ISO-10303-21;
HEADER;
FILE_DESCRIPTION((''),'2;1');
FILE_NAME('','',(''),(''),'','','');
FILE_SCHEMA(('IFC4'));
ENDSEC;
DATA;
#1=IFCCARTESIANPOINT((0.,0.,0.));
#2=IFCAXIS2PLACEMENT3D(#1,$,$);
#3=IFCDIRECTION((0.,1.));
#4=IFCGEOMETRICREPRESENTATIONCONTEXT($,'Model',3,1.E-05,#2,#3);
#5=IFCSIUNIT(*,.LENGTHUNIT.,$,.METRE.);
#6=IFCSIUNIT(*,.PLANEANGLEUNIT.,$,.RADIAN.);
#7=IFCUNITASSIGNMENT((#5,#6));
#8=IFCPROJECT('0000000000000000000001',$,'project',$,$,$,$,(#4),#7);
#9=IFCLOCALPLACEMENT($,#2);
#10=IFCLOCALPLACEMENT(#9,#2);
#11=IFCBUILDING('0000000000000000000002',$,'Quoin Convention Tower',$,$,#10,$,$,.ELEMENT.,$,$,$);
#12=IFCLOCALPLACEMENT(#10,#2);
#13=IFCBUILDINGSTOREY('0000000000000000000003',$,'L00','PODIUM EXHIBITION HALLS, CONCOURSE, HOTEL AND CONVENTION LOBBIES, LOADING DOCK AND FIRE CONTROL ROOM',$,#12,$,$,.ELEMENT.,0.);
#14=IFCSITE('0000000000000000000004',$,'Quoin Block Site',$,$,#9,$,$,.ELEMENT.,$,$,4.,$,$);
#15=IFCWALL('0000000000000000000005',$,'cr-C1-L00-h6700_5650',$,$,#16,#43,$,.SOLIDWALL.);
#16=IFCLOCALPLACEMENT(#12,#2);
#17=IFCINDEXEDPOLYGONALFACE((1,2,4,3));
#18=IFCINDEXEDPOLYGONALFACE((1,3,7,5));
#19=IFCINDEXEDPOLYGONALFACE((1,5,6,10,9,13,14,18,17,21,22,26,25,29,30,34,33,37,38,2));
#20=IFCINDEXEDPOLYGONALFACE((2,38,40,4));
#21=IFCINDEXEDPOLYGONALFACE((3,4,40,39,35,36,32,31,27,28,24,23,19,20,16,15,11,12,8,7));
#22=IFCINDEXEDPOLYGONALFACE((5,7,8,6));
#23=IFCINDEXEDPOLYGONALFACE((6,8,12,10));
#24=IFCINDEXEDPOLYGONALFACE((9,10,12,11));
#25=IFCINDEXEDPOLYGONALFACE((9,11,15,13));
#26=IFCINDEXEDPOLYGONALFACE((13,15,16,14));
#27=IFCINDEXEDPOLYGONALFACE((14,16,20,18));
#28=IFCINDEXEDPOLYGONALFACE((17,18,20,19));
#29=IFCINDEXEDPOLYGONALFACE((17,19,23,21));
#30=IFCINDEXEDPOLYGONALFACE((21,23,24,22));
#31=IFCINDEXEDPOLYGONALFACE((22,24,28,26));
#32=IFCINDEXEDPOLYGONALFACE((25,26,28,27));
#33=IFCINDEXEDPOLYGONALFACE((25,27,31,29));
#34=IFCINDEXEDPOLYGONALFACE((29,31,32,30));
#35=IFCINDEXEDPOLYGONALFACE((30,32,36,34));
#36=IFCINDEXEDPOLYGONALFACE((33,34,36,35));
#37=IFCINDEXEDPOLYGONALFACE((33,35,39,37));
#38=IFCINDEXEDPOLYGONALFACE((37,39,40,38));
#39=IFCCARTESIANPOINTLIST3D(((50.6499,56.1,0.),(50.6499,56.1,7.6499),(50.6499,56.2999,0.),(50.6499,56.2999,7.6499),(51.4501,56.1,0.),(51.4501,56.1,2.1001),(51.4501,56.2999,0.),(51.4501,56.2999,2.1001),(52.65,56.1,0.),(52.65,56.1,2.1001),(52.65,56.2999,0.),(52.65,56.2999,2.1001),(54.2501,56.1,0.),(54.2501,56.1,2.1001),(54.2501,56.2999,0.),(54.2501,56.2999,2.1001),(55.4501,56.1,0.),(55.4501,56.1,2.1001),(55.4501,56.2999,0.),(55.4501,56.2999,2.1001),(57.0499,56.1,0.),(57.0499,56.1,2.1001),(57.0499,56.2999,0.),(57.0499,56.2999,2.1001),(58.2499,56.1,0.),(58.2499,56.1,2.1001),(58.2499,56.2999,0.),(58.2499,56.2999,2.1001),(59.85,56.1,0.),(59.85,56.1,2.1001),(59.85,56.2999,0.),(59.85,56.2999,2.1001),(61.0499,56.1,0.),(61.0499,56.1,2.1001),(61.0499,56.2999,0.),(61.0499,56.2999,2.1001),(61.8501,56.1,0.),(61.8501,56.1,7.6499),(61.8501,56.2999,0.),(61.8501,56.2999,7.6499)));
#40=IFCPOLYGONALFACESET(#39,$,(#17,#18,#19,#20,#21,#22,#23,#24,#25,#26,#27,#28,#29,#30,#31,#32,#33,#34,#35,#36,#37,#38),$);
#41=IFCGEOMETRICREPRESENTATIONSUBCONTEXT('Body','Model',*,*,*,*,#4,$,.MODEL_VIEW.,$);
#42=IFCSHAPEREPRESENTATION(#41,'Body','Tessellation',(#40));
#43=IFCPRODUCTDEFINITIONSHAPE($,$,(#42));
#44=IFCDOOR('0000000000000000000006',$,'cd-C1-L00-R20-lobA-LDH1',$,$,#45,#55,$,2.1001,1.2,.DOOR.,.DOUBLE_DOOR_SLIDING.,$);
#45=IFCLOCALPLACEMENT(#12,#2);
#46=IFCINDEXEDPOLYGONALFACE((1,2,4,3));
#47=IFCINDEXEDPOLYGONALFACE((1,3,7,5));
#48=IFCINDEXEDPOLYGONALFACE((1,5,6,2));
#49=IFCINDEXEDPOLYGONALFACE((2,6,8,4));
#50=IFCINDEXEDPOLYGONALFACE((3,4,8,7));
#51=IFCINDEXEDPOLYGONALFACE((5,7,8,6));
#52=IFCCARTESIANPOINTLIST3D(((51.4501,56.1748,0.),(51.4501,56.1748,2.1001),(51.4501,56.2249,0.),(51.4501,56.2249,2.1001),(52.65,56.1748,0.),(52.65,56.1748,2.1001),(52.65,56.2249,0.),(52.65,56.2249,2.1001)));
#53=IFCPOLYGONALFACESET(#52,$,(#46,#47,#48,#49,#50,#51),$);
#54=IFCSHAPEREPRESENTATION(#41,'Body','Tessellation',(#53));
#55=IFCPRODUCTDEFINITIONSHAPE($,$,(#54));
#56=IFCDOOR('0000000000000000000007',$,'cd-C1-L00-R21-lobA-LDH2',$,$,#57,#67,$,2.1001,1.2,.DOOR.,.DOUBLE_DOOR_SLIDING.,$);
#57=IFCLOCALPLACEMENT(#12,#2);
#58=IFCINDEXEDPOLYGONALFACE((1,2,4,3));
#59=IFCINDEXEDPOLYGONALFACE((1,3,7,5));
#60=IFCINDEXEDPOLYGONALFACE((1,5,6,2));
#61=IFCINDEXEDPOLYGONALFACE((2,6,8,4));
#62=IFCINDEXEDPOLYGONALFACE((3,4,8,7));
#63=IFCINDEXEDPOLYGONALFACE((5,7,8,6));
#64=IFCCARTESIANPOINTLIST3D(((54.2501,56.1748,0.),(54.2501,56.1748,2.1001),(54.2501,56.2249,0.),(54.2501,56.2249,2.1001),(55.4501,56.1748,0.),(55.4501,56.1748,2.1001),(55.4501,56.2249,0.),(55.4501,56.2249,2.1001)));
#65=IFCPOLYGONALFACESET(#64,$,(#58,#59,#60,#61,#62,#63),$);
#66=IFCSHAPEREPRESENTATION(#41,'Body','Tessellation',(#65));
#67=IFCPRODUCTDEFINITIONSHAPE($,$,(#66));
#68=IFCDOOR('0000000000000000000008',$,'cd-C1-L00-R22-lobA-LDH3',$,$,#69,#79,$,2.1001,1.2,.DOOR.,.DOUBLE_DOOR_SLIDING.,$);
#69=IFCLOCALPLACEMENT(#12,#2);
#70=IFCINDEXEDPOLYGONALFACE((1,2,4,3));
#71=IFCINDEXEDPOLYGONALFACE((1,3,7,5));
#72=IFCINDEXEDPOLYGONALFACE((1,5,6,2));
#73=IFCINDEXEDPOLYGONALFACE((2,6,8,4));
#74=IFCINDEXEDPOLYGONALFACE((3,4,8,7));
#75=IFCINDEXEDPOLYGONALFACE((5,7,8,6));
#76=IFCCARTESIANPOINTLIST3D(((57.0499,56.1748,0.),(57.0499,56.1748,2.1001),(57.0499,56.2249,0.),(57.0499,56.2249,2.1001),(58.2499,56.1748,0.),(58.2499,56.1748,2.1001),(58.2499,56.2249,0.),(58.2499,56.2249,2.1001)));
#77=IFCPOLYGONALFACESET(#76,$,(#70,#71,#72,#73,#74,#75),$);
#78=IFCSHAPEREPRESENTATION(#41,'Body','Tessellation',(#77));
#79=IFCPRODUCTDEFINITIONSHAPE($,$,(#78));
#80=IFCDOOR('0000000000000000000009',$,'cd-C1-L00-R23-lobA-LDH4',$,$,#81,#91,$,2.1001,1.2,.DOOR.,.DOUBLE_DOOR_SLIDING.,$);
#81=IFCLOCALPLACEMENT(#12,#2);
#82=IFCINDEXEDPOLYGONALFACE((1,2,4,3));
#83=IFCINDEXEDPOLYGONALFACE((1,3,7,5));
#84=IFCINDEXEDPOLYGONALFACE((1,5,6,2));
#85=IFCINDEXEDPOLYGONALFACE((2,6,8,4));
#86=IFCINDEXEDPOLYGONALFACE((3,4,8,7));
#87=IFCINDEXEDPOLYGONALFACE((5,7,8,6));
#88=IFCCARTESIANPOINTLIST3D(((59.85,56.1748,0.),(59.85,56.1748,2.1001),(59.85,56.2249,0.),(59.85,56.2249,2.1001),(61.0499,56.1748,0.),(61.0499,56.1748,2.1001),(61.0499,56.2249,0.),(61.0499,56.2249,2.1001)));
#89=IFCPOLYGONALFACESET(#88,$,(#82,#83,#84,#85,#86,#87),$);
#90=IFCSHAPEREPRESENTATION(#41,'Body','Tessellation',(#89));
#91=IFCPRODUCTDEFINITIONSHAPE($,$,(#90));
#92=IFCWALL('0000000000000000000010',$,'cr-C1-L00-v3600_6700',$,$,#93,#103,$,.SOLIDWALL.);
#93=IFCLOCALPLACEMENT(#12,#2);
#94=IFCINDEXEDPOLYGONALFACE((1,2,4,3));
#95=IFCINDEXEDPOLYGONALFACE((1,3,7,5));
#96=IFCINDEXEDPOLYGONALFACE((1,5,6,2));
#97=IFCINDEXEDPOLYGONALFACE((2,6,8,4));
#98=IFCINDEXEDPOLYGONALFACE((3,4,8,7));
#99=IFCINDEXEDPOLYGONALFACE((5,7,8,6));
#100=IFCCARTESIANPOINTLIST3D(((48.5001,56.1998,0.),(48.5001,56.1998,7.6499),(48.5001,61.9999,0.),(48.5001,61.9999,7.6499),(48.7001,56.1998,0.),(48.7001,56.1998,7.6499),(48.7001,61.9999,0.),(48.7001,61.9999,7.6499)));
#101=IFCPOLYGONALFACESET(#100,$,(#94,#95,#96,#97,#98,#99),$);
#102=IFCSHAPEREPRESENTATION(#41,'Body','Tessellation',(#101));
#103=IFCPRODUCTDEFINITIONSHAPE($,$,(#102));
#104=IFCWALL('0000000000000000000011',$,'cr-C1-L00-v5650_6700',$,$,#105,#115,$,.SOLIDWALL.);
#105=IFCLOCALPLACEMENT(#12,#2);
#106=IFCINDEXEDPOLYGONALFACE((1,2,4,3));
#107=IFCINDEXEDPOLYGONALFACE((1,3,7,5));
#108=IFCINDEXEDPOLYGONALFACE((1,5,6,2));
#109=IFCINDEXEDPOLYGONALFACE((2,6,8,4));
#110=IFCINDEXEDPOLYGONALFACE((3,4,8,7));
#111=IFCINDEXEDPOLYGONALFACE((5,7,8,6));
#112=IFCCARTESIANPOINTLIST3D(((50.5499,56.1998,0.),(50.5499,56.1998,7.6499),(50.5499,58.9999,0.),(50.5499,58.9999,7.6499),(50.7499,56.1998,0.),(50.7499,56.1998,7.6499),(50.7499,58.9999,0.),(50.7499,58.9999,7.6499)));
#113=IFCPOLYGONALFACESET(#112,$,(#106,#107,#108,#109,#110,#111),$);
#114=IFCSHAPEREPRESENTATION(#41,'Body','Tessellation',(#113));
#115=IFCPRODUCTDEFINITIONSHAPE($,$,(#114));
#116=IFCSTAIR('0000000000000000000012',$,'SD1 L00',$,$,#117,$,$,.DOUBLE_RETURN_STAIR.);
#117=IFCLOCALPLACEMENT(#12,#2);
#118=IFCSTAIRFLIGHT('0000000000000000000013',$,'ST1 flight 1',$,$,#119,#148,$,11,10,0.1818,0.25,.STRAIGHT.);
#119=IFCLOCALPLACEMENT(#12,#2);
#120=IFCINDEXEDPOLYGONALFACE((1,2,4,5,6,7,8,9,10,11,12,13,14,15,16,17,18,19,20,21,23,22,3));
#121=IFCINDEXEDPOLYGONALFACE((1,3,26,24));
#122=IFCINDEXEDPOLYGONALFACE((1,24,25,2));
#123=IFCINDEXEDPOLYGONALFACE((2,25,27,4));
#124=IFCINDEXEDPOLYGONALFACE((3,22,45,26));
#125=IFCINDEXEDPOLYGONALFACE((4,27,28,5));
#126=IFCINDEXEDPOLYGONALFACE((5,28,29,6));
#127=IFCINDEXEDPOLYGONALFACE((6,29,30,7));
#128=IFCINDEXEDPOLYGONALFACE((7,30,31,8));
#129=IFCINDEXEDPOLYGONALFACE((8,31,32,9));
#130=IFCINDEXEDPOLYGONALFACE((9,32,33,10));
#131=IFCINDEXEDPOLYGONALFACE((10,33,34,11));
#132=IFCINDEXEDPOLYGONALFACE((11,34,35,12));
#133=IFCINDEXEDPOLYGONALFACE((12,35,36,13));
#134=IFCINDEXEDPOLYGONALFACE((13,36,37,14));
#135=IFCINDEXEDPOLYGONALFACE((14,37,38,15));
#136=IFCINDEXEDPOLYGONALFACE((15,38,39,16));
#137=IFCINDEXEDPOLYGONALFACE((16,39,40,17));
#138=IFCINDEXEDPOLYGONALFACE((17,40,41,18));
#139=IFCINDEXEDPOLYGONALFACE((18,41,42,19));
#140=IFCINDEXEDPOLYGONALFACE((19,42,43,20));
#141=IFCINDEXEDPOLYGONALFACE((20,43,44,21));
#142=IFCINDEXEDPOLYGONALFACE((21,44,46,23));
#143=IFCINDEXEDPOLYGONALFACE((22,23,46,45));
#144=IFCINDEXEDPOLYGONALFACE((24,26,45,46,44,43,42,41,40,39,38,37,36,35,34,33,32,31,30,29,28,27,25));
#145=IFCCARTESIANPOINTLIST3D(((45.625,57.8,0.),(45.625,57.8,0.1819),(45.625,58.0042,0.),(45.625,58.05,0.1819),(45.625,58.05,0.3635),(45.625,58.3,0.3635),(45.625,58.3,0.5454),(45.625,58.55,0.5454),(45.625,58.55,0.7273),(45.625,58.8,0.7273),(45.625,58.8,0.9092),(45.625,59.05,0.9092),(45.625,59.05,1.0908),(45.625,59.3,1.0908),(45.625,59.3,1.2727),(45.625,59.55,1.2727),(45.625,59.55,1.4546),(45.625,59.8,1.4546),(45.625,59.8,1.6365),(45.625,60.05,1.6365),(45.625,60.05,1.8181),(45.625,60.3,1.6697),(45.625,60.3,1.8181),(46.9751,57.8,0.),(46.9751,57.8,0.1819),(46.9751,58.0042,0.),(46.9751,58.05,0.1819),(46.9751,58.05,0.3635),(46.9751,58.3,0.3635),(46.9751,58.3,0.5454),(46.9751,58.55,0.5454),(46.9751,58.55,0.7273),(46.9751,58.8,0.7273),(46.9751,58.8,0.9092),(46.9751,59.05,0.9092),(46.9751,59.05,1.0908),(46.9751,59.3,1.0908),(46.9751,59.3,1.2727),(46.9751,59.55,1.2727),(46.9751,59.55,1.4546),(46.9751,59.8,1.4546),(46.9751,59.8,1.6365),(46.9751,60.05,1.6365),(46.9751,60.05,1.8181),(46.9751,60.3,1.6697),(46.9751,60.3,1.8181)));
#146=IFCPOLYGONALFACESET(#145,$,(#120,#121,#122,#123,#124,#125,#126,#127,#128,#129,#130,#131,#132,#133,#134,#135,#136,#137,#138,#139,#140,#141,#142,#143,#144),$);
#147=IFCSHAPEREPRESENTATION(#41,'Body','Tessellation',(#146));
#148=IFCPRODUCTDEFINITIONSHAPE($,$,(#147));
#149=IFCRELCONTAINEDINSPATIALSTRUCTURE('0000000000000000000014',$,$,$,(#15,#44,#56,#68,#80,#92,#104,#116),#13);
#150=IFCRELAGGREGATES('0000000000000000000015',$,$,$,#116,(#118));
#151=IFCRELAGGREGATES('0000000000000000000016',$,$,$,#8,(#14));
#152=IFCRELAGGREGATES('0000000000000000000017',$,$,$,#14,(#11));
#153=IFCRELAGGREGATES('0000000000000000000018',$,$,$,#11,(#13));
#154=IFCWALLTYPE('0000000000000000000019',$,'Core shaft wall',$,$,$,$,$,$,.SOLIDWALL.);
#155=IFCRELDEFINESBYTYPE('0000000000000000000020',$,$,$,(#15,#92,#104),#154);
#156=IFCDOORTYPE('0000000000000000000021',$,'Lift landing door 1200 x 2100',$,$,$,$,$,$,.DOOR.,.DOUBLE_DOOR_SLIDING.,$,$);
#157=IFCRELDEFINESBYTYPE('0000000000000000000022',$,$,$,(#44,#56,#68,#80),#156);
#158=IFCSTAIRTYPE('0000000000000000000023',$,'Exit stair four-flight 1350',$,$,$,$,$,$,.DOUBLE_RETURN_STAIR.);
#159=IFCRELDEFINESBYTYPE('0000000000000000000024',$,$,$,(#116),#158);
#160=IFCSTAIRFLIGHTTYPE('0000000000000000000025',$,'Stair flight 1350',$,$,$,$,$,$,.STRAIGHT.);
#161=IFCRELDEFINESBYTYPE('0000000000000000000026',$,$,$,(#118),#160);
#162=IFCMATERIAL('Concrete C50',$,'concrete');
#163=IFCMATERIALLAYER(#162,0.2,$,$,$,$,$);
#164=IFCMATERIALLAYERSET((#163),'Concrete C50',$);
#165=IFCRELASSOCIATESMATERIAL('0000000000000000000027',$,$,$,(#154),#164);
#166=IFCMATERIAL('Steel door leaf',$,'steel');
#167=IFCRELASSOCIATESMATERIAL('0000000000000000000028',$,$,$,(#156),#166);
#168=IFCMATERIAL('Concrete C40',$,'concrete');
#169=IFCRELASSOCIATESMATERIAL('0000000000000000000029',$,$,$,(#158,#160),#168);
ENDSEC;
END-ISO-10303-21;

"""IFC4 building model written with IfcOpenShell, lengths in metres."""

from ifc_helpers import new_model, si_unit, direction, frame, frame_2d, origin, place, context, subcontext, project, spatial, polyline, rectangle, outline, extrude, material, layer, layer_set, type_object, element, fill, aggregate, save


model = new_model("IFC4")

# Units and contexts
model_context = context("Model", 3, precision=1e-05, world=origin(), true_north=direction((0.0, 1.0)))
body_context = subcontext(model_context, "Body", "Model", "MODEL_VIEW")
ifc_project = project(units=[si_unit("LENGTHUNIT", "METRE"), si_unit("PLANEANGLEUNIT", "RADIAN")], contexts=[model_context])

# Site, building, storey
site_placement = place(None, origin())
site = spatial("IfcSite", under=ifc_project, at=site_placement, Name="Quoin Block Site", CompositionType="ELEMENT", RefElevation=4.0)
building_placement = place(site_placement, origin())
building = spatial("IfcBuilding", under=site, at=building_placement, Name="Quoin Convention Tower", CompositionType="ELEMENT")
storey_placement = place(building_placement, origin())
storey = spatial("IfcBuildingStorey", under=building, at=storey_placement, Name="L00", Description="PODIUM EXHIBITION HALLS, CONCOURSE, HOTEL AND CONVENTION LOBBIES, LOADING DOCK AND FIRE CONTROL ROOM", CompositionType="ELEMENT", Elevation=0.0)

# Shared definitions
ifc_material_1 = material(Name="Steel door leaf", Category="steel")
ifc_material_2 = material(Name="Concrete C50", Category="concrete")
ifc_layer_1 = layer(ifc_material_2, 0.2)
ifc_layer_set_1 = layer_set([ifc_layer_1], Name="Concrete C50")
wall_type_1 = type_object("IfcWallType", Name="Core shaft wall", PredefinedType="SOLIDWALL", material=ifc_layer_set_1)
door_type_1 = type_object("IfcDoorType", Name="Lift landing door 1200 x 2100", OperationType="DOUBLE_DOOR_SLIDING", PredefinedType="DOOR", material=ifc_material_1)

# Wall, openings, doors
wall_1_placement = place(storey_placement, frame((50.6499, 56.2, 0.0), z_axis=(0.0, 0.0, 1.0), x_axis=(1.0, 0.0, 0.0)))
wall_1 = element("IfcWall", 1, at=wall_1_placement, inside=storey, type_object=wall_type_1, Name="cr-C1-L00-h6700_5650", PredefinedType="SOLIDWALL", context=body_context, shape_type="SweptSolid", body=[
    extrude(rectangle(XDim=11.2002, YDim=0.2, at=frame_2d((5.6001, 0.0))), origin(), (0.0, 0.0, 1.0), 7.6499),
])
opening_1_placement = place(wall_1_placement, frame((0.8, 0.0, 0.0)))
opening_1 = element("IfcOpeningElement", 2, at=opening_1_placement, cuts=wall_1, PredefinedType="OPENING", context=body_context, shape_type="SweptSolid", body=[
    extrude(rectangle(XDim=1.2, YDim=2.1001, at=frame_2d((0.6001, 1.05))), frame((0.0, 0.1099, 0.0), z_axis=(0.0, -1.0, 0.0), x_axis=(1.0, 0.0, 0.0)), (0.0, 0.0, 1.0), 0.22),
])
opening_2_placement = place(wall_1_placement, frame((3.6001, 0.0, 0.0)))
opening_2 = element("IfcOpeningElement", 3, at=opening_2_placement, cuts=wall_1, PredefinedType="OPENING", context=body_context, shape_type="SweptSolid", body=[
    extrude(rectangle(XDim=1.2, YDim=2.1001, at=frame_2d((0.6001, 1.05))), frame((0.0, 0.1099, 0.0), z_axis=(0.0, -1.0, 0.0), x_axis=(1.0, 0.0, 0.0)), (0.0, 0.0, 1.0), 0.22),
])
opening_3_placement = place(wall_1_placement, frame((6.3999, 0.0, 0.0)))
opening_3 = element("IfcOpeningElement", 4, at=opening_3_placement, cuts=wall_1, PredefinedType="OPENING", context=body_context, shape_type="SweptSolid", body=[
    extrude(rectangle(XDim=1.2, YDim=2.1001, at=frame_2d((0.6001, 1.05))), frame((0.0, 0.1099, 0.0), z_axis=(0.0, -1.0, 0.0), x_axis=(1.0, 0.0, 0.0)), (0.0, 0.0, 1.0), 0.22),
])
opening_4_placement = place(wall_1_placement, frame((9.2, 0.0, 0.0)))
opening_4 = element("IfcOpeningElement", 5, at=opening_4_placement, cuts=wall_1, PredefinedType="OPENING", context=body_context, shape_type="SweptSolid", body=[
    extrude(rectangle(XDim=1.2, YDim=2.1001, at=frame_2d((0.6001, 1.05))), frame((0.0, 0.1099, 0.0), z_axis=(0.0, -1.0, 0.0), x_axis=(1.0, 0.0, 0.0)), (0.0, 0.0, 1.0), 0.22),
])
door_1_placement = place(opening_1_placement, origin())
door_1 = element("IfcDoor", 6, at=door_1_placement, inside=storey, type_object=door_type_1, Name="cd-C1-L00-R20-lobA-LDH1", OperationType="DOUBLE_DOOR_SLIDING", OverallHeight=2.1001, OverallWidth=1.2, PredefinedType="DOOR", context=body_context, shape_type="SweptSolid", body=[
    extrude(rectangle(XDim=1.2, YDim=2.1001, at=frame_2d((0.6001, 1.05))), frame((0.0, 0.0249, 0.0), z_axis=(0.0, -1.0, 0.0), x_axis=(1.0, 0.0, 0.0)), (0.0, 0.0, 1.0), 0.05),
])
fill(opening_1, door_1)
door_2_placement = place(opening_2_placement, origin())
door_2 = element("IfcDoor", 7, at=door_2_placement, inside=storey, type_object=door_type_1, Name="cd-C1-L00-R21-lobA-LDH2", OperationType="DOUBLE_DOOR_SLIDING", OverallHeight=2.1001, OverallWidth=1.2, PredefinedType="DOOR", context=body_context, shape_type="SweptSolid", body=[
    extrude(rectangle(XDim=1.2, YDim=2.1001, at=frame_2d((0.6001, 1.05))), frame((0.0, 0.0249, 0.0), z_axis=(0.0, -1.0, 0.0), x_axis=(1.0, 0.0, 0.0)), (0.0, 0.0, 1.0), 0.05),
])
fill(opening_2, door_2)
door_3_placement = place(opening_3_placement, origin())
door_3 = element("IfcDoor", 8, at=door_3_placement, inside=storey, type_object=door_type_1, Name="cd-C1-L00-R22-lobA-LDH3", OperationType="DOUBLE_DOOR_SLIDING", OverallHeight=2.1001, OverallWidth=1.2, PredefinedType="DOOR", context=body_context, shape_type="SweptSolid", body=[
    extrude(rectangle(XDim=1.2, YDim=2.1001, at=frame_2d((0.6001, 1.05))), frame((0.0, 0.0249, 0.0), z_axis=(0.0, -1.0, 0.0), x_axis=(1.0, 0.0, 0.0)), (0.0, 0.0, 1.0), 0.05),
])
fill(opening_3, door_3)
door_4_placement = place(opening_4_placement, origin())
door_4 = element("IfcDoor", 9, at=door_4_placement, inside=storey, type_object=door_type_1, Name="cd-C1-L00-R23-lobA-LDH4", OperationType="DOUBLE_DOOR_SLIDING", OverallHeight=2.1001, OverallWidth=1.2, PredefinedType="DOOR", context=body_context, shape_type="SweptSolid", body=[
    extrude(rectangle(XDim=1.2, YDim=2.1001, at=frame_2d((0.6001, 1.05))), frame((0.0, 0.0249, 0.0), z_axis=(0.0, -1.0, 0.0), x_axis=(1.0, 0.0, 0.0)), (0.0, 0.0, 1.0), 0.05),
])
fill(opening_4, door_4)

# Walls
wall_2_placement = place(storey_placement, frame((48.6001, 56.2, 0.0), z_axis=(0.0, 0.0, 1.0), x_axis=(0.0, 1.0, 0.0)))
element("IfcWall", 10, at=wall_2_placement, inside=storey, type_object=wall_type_1, Name="cr-C1-L00-v3600_6700", PredefinedType="SOLIDWALL", context=body_context, shape_type="SweptSolid", body=[
    extrude(rectangle(XDim=5.8, YDim=0.2, at=frame_2d((2.8999, 0.0))), origin(), (0.0, 0.0, 1.0), 7.6499),
])
wall_3_placement = place(storey_placement, frame((50.6499, 56.2, 0.0), z_axis=(0.0, 0.0, 1.0), x_axis=(0.0, 1.0, 0.0)))
element("IfcWall", 11, at=wall_3_placement, inside=storey, type_object=wall_type_1, Name="cr-C1-L00-v5650_6700", PredefinedType="SOLIDWALL", context=body_context, shape_type="SweptSolid", body=[
    extrude(rectangle(XDim=2.8, YDim=0.2, at=frame_2d((1.3999, 0.0))), origin(), (0.0, 0.0, 1.0), 7.6499),
])

# Stair, stair flight
ifc_material_3 = material(Name="Concrete C40", Category="concrete")
stair_type = type_object("IfcStairType", Name="Exit stair four-flight 1350", PredefinedType="DOUBLE_RETURN_STAIR", material=ifc_material_3)
stair_placement = place(storey_placement, origin())
stair = element("IfcStair", 12, at=stair_placement, inside=storey, type_object=stair_type, Name="SD1 L00", PredefinedType="DOUBLE_RETURN_STAIR")
stair_flight_type = type_object("IfcStairFlightType", Name="Stair flight 1350", PredefinedType="STRAIGHT", material=ifc_material_3)
stair_flight_1_placement = place(storey_placement, frame((46.3, 57.8, 0.0), z_axis=(0.0, 0.0, 1.0), x_axis=(0.0, 1.0, 0.0)))
stair_flight_1 = element("IfcStairFlight", 13, at=stair_flight_1_placement, type_object=stair_flight_type, Name="ST1 flight 1", NumberOfRisers=11, NumberOfTreads=10, PredefinedType="STRAIGHT", RiserHeight=0.1818, TreadLength=0.25, context=body_context, shape_type="SweptSolid", body=[
    extrude(outline(polyline([(0.0, 0.0), (0.0, 0.1819), (0.25, 0.1819), (0.25, 0.3635), (0.5, 0.3635), (0.5, 0.5454), (0.75, 0.5454), (0.75, 0.7273), (1.0, 0.7273), (1.0, 0.9092), (1.25, 0.9092), (1.25, 1.0908), (1.5, 1.0908), (1.5, 1.2727), (1.75, 1.2727), (1.75, 1.4546), (2.0, 1.4546), (2.0, 1.6365), (2.25, 1.6365), (2.25, 1.8181), (2.5, 1.8181), (2.5, 2.0), (2.5, 1.6697), (0.2041, 0.0), (0.0, 0.0)])), frame((0.0, 0.675, 0.0), z_axis=(0.0, -1.0, 0.0), x_axis=(1.0, 0.0, 0.0)), (0.0, 0.0, 1.0), 1.3501),
])
aggregate(stair, [stair_flight_1])

save(model, "model.ifc")
